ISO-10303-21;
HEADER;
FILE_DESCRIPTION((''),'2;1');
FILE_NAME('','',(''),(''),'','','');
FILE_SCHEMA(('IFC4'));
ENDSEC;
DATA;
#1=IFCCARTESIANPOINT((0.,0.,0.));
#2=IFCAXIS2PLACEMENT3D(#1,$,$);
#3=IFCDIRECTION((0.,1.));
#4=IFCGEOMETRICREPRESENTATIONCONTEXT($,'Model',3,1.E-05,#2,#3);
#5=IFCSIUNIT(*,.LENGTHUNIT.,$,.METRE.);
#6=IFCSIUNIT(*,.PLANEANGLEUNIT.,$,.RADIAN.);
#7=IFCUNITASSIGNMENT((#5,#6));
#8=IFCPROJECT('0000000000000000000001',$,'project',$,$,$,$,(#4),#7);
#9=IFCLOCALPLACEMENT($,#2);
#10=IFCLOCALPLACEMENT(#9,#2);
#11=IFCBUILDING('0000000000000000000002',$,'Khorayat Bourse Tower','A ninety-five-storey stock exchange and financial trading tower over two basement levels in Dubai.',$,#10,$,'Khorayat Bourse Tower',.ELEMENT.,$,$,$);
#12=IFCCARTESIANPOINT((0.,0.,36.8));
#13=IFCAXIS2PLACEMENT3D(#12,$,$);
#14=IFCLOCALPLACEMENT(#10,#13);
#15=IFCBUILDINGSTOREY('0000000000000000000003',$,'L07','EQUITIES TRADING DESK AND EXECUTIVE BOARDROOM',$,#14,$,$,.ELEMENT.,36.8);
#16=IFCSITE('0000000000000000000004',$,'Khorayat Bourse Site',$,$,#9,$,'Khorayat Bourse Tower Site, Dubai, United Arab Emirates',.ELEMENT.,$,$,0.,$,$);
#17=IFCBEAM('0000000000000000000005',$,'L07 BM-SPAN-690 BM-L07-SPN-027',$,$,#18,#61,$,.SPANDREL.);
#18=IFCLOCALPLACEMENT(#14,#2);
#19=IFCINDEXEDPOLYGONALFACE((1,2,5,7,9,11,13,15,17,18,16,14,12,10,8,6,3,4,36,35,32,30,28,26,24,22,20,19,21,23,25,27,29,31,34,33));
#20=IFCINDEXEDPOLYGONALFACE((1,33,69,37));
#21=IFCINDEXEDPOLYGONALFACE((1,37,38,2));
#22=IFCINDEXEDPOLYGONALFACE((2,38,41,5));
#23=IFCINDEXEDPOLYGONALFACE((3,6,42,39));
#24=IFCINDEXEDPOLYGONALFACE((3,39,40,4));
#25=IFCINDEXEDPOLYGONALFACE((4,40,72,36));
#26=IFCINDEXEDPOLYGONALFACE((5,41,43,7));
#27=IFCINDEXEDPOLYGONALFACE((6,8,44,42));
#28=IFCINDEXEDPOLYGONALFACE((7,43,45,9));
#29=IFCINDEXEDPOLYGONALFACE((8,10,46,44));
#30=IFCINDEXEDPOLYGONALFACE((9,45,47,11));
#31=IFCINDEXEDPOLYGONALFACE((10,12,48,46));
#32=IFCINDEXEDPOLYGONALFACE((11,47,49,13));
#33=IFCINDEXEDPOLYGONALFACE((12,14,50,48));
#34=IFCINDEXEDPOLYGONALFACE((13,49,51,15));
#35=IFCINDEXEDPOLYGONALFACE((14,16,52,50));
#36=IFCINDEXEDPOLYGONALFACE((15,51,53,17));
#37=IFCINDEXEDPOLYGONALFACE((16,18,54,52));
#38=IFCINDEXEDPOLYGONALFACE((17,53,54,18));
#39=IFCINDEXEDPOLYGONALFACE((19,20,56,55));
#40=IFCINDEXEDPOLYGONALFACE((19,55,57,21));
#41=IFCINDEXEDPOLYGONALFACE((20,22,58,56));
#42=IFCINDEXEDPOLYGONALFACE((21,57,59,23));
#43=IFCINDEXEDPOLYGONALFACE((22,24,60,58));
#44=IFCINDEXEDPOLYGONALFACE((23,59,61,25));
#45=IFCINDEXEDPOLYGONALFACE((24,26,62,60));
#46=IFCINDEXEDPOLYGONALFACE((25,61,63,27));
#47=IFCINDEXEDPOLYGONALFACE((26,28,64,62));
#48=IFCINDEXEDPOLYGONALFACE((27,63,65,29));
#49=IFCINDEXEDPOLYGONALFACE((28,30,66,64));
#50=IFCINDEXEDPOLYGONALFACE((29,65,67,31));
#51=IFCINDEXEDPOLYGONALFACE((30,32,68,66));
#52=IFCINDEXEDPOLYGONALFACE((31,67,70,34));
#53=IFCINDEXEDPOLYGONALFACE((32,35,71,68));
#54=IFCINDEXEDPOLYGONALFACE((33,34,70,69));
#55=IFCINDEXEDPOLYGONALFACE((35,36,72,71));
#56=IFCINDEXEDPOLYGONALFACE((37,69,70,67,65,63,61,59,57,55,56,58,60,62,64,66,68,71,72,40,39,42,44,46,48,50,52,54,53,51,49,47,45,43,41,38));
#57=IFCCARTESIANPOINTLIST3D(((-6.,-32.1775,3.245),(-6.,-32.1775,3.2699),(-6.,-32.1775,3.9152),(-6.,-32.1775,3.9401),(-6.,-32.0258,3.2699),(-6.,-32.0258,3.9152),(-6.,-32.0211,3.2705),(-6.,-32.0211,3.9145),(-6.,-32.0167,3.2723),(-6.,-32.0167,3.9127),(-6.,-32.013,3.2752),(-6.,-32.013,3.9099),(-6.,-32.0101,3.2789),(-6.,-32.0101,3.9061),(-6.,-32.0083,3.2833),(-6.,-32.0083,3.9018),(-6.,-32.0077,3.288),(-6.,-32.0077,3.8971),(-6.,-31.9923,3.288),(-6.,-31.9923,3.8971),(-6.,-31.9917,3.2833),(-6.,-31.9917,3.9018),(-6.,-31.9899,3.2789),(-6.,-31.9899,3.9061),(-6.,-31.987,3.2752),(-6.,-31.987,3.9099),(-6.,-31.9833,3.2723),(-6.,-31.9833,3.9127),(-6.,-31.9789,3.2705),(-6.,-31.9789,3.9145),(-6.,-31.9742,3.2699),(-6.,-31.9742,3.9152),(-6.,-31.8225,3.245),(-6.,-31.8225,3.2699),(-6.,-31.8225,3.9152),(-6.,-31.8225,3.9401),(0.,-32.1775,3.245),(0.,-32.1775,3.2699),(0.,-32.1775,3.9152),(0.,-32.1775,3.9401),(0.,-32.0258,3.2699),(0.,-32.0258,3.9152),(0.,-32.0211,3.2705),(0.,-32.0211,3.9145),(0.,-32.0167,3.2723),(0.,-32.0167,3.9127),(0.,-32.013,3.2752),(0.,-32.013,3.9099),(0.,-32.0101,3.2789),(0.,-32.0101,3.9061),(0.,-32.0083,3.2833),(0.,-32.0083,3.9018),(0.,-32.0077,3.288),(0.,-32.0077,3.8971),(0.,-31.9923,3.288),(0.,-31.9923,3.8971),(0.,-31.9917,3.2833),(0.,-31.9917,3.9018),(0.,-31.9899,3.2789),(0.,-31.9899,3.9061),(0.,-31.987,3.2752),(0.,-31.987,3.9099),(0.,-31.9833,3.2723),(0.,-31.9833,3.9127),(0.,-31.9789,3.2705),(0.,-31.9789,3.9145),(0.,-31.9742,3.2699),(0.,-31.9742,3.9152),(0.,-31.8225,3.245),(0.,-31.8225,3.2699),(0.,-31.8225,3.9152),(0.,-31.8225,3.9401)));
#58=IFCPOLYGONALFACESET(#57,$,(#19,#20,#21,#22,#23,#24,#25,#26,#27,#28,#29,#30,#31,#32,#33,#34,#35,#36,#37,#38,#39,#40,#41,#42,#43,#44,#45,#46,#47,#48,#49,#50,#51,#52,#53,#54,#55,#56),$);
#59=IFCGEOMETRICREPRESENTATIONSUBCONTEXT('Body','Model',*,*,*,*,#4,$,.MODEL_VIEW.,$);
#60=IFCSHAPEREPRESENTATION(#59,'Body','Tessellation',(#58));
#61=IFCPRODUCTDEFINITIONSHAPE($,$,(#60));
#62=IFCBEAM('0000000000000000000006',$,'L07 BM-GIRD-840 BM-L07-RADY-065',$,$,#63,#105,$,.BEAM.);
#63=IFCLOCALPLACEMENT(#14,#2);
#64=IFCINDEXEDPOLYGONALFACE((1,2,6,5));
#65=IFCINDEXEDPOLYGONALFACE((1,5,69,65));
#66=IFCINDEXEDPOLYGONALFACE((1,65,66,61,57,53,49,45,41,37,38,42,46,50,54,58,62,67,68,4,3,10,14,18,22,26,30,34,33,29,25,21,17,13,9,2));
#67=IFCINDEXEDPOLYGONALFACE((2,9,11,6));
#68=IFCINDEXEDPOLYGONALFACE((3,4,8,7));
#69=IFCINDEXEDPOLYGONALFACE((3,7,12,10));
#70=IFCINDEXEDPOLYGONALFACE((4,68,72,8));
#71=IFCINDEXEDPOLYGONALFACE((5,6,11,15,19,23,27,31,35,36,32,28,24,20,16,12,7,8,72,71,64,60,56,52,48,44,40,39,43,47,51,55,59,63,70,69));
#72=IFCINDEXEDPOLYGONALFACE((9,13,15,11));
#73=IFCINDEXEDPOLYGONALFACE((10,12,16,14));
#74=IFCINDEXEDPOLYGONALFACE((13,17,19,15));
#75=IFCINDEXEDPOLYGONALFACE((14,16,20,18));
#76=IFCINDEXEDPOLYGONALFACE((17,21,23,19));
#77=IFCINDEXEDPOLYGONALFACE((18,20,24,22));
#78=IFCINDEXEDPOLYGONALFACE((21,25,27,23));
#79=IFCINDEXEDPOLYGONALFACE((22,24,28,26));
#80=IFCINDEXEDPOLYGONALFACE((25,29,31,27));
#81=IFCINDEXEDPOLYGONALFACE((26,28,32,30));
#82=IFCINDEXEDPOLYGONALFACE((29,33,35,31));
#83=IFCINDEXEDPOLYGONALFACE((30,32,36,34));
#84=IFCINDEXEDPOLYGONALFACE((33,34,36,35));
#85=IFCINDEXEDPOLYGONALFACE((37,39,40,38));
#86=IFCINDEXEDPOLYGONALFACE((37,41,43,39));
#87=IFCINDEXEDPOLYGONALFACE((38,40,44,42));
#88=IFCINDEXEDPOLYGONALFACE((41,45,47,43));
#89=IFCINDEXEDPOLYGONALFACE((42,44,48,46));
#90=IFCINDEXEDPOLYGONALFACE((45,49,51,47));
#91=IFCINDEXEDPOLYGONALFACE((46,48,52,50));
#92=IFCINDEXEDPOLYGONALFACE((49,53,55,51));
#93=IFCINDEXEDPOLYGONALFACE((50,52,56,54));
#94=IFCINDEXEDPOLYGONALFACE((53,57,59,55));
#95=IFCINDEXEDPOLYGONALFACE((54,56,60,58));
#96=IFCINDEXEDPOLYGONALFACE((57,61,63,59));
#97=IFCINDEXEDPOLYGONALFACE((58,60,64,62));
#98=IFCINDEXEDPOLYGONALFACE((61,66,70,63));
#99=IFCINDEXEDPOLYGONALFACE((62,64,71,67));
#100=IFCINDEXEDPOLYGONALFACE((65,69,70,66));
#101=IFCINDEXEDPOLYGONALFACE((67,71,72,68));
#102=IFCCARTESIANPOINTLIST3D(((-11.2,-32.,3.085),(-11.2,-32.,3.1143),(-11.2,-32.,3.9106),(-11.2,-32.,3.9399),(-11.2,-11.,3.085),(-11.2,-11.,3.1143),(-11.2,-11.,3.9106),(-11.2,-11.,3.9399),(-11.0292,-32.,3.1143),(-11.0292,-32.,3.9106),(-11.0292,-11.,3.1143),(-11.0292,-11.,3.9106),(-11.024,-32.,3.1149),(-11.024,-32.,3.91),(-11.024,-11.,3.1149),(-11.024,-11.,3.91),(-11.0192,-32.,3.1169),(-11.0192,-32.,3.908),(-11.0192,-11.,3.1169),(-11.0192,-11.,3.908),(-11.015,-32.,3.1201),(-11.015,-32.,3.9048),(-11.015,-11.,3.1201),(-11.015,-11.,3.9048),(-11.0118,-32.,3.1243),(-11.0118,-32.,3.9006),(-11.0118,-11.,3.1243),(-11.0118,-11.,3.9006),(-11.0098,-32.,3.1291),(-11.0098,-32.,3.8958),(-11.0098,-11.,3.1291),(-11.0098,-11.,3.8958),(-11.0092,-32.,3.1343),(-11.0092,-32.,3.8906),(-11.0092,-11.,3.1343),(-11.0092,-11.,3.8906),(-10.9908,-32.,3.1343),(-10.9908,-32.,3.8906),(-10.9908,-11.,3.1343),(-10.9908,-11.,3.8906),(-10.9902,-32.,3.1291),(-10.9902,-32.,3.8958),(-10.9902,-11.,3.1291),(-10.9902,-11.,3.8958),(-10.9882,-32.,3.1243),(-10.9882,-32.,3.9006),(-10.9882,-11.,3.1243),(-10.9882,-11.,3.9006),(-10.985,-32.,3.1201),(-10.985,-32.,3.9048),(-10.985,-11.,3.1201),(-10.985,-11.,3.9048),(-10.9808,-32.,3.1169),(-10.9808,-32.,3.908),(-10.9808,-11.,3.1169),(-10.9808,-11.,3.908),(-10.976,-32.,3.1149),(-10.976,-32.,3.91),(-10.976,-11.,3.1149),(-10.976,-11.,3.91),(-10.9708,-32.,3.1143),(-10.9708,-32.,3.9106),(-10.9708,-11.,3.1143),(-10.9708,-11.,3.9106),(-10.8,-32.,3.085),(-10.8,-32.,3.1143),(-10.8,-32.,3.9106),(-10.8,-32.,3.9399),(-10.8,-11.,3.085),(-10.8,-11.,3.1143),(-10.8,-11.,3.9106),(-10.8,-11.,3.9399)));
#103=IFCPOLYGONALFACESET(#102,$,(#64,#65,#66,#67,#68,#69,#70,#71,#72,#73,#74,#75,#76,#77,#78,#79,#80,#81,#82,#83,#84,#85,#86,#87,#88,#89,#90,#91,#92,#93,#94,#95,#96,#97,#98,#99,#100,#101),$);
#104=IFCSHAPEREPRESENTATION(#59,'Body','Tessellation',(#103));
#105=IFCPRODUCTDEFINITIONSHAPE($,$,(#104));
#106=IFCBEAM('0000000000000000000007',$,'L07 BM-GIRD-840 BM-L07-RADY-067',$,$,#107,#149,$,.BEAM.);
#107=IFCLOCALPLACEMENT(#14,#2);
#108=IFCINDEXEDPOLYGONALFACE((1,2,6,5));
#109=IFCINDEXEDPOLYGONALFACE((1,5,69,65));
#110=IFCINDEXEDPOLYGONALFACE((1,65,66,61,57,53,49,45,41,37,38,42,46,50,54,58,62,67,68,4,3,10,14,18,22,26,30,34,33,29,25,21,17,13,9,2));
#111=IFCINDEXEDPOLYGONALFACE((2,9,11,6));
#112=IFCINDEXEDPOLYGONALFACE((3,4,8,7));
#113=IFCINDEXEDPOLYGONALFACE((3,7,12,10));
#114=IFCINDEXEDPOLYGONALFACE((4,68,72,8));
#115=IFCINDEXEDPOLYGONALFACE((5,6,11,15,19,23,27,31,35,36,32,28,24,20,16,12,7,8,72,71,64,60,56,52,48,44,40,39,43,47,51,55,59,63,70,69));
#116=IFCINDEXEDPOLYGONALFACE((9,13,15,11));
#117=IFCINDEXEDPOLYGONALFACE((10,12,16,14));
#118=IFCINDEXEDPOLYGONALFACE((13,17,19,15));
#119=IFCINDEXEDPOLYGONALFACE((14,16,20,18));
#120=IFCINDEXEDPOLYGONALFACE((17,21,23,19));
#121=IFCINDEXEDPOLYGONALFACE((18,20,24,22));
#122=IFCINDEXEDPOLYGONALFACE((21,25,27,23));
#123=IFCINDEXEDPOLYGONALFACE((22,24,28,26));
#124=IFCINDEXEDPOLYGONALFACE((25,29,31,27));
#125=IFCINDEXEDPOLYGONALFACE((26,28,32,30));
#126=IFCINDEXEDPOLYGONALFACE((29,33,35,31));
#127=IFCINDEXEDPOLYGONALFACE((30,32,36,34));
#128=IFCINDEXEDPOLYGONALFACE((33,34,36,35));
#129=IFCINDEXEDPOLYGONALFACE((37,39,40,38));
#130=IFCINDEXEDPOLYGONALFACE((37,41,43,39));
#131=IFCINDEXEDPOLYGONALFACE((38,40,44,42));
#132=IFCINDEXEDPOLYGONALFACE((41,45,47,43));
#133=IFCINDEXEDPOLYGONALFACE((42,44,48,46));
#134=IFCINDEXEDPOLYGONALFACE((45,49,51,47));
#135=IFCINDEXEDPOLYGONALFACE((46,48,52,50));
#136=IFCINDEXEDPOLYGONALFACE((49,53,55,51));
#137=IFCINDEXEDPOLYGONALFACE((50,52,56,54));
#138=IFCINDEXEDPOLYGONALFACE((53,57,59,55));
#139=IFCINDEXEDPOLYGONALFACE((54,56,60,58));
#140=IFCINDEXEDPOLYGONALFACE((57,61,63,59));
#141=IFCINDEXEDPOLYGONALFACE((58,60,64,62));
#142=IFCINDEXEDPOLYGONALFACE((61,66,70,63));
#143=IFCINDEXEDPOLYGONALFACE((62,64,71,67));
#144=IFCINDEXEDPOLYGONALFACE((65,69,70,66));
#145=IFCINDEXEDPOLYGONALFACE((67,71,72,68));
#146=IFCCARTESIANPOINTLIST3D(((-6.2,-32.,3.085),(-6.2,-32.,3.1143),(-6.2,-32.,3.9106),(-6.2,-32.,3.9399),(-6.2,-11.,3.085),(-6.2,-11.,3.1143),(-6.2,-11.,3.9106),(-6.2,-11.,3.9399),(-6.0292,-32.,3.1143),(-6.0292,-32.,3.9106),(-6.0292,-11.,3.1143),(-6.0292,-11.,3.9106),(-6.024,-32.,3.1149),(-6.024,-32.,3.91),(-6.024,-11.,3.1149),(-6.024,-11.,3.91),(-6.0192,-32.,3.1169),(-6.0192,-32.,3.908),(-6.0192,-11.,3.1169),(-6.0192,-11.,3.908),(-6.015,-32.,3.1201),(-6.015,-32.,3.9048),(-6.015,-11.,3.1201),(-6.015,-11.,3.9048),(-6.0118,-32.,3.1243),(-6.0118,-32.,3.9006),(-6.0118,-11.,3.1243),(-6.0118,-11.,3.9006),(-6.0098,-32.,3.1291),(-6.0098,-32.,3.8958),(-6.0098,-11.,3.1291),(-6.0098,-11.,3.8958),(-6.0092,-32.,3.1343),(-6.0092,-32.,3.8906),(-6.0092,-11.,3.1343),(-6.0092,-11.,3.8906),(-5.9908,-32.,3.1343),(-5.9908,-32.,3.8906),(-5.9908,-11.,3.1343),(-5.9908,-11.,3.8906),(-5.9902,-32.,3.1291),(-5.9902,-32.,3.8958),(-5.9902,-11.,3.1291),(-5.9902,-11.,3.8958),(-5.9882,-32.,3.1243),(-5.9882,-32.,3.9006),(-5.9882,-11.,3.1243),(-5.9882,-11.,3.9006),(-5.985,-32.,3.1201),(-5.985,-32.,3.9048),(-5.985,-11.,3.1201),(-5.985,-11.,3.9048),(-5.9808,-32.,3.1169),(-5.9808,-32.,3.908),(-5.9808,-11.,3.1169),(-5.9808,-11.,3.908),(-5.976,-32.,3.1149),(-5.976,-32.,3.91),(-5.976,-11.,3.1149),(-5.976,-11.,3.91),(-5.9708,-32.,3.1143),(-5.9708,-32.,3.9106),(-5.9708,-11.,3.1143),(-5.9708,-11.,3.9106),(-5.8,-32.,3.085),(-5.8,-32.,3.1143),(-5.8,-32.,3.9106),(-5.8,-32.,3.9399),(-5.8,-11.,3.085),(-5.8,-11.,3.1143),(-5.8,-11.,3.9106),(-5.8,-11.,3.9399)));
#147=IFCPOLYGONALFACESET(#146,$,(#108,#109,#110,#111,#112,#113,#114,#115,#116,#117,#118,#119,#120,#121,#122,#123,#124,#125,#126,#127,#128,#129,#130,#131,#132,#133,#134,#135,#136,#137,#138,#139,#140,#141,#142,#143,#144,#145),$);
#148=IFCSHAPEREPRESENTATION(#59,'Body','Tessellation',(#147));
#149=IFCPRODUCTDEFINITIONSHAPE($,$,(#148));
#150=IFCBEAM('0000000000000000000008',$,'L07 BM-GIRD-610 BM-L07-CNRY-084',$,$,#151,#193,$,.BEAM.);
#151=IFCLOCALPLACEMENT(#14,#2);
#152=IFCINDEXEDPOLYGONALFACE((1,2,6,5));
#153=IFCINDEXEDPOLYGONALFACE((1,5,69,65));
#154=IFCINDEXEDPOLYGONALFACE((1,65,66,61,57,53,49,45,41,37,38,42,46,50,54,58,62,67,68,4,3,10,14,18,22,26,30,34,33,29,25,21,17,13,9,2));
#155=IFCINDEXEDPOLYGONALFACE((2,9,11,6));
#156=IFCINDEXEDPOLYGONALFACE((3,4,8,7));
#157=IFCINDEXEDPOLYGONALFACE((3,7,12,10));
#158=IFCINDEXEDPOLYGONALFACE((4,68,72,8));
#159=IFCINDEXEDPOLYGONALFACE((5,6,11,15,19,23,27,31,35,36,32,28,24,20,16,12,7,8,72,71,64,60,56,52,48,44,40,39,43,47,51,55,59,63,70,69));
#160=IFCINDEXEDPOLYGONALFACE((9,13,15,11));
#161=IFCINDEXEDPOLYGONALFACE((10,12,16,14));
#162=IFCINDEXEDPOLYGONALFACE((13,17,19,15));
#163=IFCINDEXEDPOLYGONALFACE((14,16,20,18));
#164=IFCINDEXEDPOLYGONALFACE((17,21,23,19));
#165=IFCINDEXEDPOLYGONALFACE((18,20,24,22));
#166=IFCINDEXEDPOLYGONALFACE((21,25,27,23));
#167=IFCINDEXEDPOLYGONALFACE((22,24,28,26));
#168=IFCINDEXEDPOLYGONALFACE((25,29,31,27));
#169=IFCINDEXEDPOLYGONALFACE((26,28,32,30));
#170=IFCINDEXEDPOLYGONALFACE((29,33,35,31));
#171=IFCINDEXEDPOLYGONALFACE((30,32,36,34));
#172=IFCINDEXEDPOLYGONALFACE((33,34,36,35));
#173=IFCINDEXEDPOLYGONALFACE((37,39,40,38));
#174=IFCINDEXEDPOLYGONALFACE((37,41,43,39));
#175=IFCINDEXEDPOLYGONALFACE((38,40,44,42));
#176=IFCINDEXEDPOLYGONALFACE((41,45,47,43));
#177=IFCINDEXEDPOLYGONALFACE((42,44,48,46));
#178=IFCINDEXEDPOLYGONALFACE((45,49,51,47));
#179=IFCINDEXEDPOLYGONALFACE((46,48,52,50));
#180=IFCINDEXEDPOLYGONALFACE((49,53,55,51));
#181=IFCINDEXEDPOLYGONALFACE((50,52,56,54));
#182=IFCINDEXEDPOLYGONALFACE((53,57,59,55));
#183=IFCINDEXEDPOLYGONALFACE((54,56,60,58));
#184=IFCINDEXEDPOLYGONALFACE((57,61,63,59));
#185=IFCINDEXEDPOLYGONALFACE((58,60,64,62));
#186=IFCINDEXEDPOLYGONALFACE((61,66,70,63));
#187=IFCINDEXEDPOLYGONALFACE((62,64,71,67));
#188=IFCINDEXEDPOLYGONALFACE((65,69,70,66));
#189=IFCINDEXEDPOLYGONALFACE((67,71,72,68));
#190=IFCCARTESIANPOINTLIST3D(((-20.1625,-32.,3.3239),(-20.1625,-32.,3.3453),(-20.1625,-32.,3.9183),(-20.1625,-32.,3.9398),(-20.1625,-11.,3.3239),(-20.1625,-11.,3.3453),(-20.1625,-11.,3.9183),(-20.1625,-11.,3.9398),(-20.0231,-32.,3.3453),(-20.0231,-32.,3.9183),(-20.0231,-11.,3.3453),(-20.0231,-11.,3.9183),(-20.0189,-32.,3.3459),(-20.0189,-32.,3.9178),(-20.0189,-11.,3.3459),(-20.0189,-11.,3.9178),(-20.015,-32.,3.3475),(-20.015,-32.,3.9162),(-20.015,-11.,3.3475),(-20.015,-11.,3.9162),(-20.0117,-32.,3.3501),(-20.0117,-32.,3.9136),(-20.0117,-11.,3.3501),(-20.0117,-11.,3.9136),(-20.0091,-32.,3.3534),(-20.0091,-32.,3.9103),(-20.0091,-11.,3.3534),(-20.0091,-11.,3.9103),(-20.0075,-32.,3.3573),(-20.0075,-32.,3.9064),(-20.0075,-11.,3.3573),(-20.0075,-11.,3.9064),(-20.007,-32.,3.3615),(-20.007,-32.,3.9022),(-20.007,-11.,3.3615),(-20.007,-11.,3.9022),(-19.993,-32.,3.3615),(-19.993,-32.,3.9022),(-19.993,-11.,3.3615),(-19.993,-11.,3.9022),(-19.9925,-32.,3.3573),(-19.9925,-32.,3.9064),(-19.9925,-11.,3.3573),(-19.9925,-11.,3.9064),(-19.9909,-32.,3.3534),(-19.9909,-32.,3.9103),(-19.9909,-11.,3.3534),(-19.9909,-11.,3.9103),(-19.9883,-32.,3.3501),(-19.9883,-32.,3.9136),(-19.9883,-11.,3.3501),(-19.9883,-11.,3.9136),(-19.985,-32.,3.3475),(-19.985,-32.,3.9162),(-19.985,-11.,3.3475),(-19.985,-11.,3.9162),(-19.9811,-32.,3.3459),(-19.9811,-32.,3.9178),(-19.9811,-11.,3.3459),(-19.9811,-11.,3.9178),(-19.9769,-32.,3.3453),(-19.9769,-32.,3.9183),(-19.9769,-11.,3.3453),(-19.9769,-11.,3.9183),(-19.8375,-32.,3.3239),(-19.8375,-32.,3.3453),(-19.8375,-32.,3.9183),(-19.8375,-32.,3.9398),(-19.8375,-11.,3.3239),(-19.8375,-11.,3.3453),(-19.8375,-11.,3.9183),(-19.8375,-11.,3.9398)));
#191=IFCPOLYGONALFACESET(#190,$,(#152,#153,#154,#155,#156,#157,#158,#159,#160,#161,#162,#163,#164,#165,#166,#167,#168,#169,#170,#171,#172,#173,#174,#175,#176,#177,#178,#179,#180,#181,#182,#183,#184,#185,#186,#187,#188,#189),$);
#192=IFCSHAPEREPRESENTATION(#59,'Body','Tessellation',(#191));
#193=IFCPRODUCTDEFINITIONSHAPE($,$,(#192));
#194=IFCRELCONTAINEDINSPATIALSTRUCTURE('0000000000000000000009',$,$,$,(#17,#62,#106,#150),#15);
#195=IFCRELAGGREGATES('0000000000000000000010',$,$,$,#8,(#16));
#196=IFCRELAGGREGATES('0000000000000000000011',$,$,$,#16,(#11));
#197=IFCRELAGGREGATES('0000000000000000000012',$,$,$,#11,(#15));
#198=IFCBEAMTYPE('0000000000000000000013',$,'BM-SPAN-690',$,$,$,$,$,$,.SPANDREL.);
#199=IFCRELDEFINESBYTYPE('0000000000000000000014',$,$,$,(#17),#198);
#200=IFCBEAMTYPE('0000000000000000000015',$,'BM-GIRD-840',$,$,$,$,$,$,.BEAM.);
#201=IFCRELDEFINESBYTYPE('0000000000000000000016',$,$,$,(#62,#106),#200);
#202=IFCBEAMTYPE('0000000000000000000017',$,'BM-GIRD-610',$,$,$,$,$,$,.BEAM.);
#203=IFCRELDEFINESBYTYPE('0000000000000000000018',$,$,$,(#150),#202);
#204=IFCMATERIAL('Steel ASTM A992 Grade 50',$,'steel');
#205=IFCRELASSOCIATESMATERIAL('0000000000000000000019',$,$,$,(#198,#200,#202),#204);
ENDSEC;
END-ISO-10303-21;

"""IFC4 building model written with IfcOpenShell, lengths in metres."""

from ifc_helpers import new_model, si_unit, direction, frame, origin, origin_2d, place, context, subcontext, project, spatial, i_section, extrude, source, transform, mapped, material, material_profile, profile_set, type_object, element, save


model = new_model("IFC4")

# Units and contexts
model_context = context("Model", 3, precision=1e-05, world=origin(), true_north=direction((0.0, 1.0)))
body_context = subcontext(model_context, "Body", "Model", "MODEL_VIEW")
ifc_project = project(units=[si_unit("LENGTHUNIT", "METRE"), si_unit("PLANEANGLEUNIT", "RADIAN")], contexts=[model_context])

# Site, building, storey
site_placement = place(None, origin())
site = spatial("IfcSite", under=ifc_project, at=site_placement, Name="Khorayat Bourse Site", LongName="Khorayat Bourse Tower Site, Dubai, United Arab Emirates", CompositionType="ELEMENT", RefElevation=0.0)
building_placement = place(site_placement, origin())
building = spatial("IfcBuilding", under=site, at=building_placement, Name="Khorayat Bourse Tower", Description="A ninety-five-storey stock exchange and financial trading tower over two basement levels in Dubai.", LongName="Khorayat Bourse Tower", CompositionType="ELEMENT")
storey_placement = place(building_placement, frame((0.0, 0.0, 36.8)))
storey = spatial("IfcBuildingStorey", under=building, at=storey_placement, Name="L07", Description="EQUITIES TRADING DESK AND EXECUTIVE BOARDROOM", CompositionType="ELEMENT", Elevation=36.8)

# Beams
ifc_material_1 = material(Name="Steel ASTM A992 Grade 50", Category="steel")
ifc_material_profile_1 = material_profile(ifc_material_1, i_section(OverallWidth=0.355, OverallDepth=0.6951, WebThickness=0.0154, FlangeThickness=0.0249, FilletRadius=0.0181, at=origin_2d()), Name="W690X217")
ifc_profile_set_1 = profile_set([ifc_material_profile_1], Name="Steel ASTM A992 Grade 50")
beam_type_1 = type_object("IfcBeamType", Name="BM-SPAN-690", PredefinedType="SPANDREL", material=ifc_profile_set_1)
shared_shape_1 = source(origin(), body_context, "Body", "SweptSolid", [
    extrude(i_section(OverallWidth=0.355, OverallDepth=0.6951, WebThickness=0.0154, FlangeThickness=0.0249, FilletRadius=0.0181, at=origin_2d()), origin(), (0.0, 0.0, 1.0), 6.0),
])
beam_1_placement = place(storey_placement, frame((-6.0, -32.0, 3.5925), z_axis=(1.0, 0.0, 0.0), x_axis=(0.0, 1.0, 0.0)))
element("IfcBeam", 1, at=beam_1_placement, inside=storey, type_object=beam_type_1, Name="L07 BM-SPAN-690 BM-L07-SPN-027", PredefinedType="SPANDREL", context=body_context, shape_type="MappedRepresentation", body=[
    mapped(shared_shape_1, transform((0.0, 0.0, 0.0), scale=1.0)),
])
ifc_material_profile_2 = material_profile(ifc_material_1, i_section(OverallWidth=0.3999, OverallDepth=0.855, WebThickness=0.0183, FlangeThickness=0.0293, FilletRadius=0.02, at=origin_2d()), Name="W840X299")
ifc_profile_set_2 = profile_set([ifc_material_profile_2], Name="Steel ASTM A992 Grade 50")
beam_type_2 = type_object("IfcBeamType", Name="BM-GIRD-840", PredefinedType="BEAM", material=ifc_profile_set_2)
shared_shape_2 = source(origin(), body_context, "Body", "SweptSolid", [
    extrude(i_section(OverallWidth=0.3999, OverallDepth=0.855, WebThickness=0.0183, FlangeThickness=0.0293, FilletRadius=0.02, at=origin_2d()), origin(), (0.0, 0.0, 1.0), 21.0),
])
for number, where, z_axis, x_axis, name in (
    (2, (-11.0, -32.0, 3.5125), (0.0, 1.0, 0.0), (-1.0, 0.0, 0.0), "L07 BM-GIRD-840 BM-L07-RADY-065"),
    (3, (-6.0, -32.0, 3.5125), (0.0, 1.0, 0.0), (-1.0, 0.0, 0.0), "L07 BM-GIRD-840 BM-L07-RADY-067"),
):
    element("IfcBeam", number, at=place(storey_placement, frame(where, z_axis=z_axis, x_axis=x_axis)), inside=storey, type_object=beam_type_2, Name=name, PredefinedType="BEAM", context=body_context, shape_type="MappedRepresentation", body=[
        mapped(shared_shape_2, transform((0.0, 0.0, 0.0), scale=1.0)),
    ])
ifc_material_profile_3 = material_profile(ifc_material_1, i_section(OverallWidth=0.325, OverallDepth=0.616, WebThickness=0.0139, FlangeThickness=0.0215, FilletRadius=0.0161, at=origin_2d()), Name="W610X174")
ifc_profile_set_3 = profile_set([ifc_material_profile_3], Name="Steel ASTM A992 Grade 50")
beam_type_3 = type_object("IfcBeamType", Name="BM-GIRD-610", PredefinedType="BEAM", material=ifc_profile_set_3)
shared_shape_3 = source(origin(), body_context, "Body", "SweptSolid", [
    extrude(i_section(OverallWidth=0.325, OverallDepth=0.616, WebThickness=0.0139, FlangeThickness=0.0215, FilletRadius=0.0161, at=origin_2d()), origin(), (0.0, 0.0, 1.0), 21.0),
])
beam_2_placement = place(storey_placement, frame((-20.0, -32.0, 3.6318), z_axis=(0.0, 1.0, 0.0), x_axis=(-1.0, 0.0, 0.0)))
element("IfcBeam", 4, at=beam_2_placement, inside=storey, type_object=beam_type_3, Name="L07 BM-GIRD-610 BM-L07-CNRY-084", PredefinedType="BEAM", context=body_context, shape_type="MappedRepresentation", body=[
    mapped(shared_shape_3, transform((0.0, 0.0, 0.0), scale=1.0)),
])

save(model, "model.ifc")
